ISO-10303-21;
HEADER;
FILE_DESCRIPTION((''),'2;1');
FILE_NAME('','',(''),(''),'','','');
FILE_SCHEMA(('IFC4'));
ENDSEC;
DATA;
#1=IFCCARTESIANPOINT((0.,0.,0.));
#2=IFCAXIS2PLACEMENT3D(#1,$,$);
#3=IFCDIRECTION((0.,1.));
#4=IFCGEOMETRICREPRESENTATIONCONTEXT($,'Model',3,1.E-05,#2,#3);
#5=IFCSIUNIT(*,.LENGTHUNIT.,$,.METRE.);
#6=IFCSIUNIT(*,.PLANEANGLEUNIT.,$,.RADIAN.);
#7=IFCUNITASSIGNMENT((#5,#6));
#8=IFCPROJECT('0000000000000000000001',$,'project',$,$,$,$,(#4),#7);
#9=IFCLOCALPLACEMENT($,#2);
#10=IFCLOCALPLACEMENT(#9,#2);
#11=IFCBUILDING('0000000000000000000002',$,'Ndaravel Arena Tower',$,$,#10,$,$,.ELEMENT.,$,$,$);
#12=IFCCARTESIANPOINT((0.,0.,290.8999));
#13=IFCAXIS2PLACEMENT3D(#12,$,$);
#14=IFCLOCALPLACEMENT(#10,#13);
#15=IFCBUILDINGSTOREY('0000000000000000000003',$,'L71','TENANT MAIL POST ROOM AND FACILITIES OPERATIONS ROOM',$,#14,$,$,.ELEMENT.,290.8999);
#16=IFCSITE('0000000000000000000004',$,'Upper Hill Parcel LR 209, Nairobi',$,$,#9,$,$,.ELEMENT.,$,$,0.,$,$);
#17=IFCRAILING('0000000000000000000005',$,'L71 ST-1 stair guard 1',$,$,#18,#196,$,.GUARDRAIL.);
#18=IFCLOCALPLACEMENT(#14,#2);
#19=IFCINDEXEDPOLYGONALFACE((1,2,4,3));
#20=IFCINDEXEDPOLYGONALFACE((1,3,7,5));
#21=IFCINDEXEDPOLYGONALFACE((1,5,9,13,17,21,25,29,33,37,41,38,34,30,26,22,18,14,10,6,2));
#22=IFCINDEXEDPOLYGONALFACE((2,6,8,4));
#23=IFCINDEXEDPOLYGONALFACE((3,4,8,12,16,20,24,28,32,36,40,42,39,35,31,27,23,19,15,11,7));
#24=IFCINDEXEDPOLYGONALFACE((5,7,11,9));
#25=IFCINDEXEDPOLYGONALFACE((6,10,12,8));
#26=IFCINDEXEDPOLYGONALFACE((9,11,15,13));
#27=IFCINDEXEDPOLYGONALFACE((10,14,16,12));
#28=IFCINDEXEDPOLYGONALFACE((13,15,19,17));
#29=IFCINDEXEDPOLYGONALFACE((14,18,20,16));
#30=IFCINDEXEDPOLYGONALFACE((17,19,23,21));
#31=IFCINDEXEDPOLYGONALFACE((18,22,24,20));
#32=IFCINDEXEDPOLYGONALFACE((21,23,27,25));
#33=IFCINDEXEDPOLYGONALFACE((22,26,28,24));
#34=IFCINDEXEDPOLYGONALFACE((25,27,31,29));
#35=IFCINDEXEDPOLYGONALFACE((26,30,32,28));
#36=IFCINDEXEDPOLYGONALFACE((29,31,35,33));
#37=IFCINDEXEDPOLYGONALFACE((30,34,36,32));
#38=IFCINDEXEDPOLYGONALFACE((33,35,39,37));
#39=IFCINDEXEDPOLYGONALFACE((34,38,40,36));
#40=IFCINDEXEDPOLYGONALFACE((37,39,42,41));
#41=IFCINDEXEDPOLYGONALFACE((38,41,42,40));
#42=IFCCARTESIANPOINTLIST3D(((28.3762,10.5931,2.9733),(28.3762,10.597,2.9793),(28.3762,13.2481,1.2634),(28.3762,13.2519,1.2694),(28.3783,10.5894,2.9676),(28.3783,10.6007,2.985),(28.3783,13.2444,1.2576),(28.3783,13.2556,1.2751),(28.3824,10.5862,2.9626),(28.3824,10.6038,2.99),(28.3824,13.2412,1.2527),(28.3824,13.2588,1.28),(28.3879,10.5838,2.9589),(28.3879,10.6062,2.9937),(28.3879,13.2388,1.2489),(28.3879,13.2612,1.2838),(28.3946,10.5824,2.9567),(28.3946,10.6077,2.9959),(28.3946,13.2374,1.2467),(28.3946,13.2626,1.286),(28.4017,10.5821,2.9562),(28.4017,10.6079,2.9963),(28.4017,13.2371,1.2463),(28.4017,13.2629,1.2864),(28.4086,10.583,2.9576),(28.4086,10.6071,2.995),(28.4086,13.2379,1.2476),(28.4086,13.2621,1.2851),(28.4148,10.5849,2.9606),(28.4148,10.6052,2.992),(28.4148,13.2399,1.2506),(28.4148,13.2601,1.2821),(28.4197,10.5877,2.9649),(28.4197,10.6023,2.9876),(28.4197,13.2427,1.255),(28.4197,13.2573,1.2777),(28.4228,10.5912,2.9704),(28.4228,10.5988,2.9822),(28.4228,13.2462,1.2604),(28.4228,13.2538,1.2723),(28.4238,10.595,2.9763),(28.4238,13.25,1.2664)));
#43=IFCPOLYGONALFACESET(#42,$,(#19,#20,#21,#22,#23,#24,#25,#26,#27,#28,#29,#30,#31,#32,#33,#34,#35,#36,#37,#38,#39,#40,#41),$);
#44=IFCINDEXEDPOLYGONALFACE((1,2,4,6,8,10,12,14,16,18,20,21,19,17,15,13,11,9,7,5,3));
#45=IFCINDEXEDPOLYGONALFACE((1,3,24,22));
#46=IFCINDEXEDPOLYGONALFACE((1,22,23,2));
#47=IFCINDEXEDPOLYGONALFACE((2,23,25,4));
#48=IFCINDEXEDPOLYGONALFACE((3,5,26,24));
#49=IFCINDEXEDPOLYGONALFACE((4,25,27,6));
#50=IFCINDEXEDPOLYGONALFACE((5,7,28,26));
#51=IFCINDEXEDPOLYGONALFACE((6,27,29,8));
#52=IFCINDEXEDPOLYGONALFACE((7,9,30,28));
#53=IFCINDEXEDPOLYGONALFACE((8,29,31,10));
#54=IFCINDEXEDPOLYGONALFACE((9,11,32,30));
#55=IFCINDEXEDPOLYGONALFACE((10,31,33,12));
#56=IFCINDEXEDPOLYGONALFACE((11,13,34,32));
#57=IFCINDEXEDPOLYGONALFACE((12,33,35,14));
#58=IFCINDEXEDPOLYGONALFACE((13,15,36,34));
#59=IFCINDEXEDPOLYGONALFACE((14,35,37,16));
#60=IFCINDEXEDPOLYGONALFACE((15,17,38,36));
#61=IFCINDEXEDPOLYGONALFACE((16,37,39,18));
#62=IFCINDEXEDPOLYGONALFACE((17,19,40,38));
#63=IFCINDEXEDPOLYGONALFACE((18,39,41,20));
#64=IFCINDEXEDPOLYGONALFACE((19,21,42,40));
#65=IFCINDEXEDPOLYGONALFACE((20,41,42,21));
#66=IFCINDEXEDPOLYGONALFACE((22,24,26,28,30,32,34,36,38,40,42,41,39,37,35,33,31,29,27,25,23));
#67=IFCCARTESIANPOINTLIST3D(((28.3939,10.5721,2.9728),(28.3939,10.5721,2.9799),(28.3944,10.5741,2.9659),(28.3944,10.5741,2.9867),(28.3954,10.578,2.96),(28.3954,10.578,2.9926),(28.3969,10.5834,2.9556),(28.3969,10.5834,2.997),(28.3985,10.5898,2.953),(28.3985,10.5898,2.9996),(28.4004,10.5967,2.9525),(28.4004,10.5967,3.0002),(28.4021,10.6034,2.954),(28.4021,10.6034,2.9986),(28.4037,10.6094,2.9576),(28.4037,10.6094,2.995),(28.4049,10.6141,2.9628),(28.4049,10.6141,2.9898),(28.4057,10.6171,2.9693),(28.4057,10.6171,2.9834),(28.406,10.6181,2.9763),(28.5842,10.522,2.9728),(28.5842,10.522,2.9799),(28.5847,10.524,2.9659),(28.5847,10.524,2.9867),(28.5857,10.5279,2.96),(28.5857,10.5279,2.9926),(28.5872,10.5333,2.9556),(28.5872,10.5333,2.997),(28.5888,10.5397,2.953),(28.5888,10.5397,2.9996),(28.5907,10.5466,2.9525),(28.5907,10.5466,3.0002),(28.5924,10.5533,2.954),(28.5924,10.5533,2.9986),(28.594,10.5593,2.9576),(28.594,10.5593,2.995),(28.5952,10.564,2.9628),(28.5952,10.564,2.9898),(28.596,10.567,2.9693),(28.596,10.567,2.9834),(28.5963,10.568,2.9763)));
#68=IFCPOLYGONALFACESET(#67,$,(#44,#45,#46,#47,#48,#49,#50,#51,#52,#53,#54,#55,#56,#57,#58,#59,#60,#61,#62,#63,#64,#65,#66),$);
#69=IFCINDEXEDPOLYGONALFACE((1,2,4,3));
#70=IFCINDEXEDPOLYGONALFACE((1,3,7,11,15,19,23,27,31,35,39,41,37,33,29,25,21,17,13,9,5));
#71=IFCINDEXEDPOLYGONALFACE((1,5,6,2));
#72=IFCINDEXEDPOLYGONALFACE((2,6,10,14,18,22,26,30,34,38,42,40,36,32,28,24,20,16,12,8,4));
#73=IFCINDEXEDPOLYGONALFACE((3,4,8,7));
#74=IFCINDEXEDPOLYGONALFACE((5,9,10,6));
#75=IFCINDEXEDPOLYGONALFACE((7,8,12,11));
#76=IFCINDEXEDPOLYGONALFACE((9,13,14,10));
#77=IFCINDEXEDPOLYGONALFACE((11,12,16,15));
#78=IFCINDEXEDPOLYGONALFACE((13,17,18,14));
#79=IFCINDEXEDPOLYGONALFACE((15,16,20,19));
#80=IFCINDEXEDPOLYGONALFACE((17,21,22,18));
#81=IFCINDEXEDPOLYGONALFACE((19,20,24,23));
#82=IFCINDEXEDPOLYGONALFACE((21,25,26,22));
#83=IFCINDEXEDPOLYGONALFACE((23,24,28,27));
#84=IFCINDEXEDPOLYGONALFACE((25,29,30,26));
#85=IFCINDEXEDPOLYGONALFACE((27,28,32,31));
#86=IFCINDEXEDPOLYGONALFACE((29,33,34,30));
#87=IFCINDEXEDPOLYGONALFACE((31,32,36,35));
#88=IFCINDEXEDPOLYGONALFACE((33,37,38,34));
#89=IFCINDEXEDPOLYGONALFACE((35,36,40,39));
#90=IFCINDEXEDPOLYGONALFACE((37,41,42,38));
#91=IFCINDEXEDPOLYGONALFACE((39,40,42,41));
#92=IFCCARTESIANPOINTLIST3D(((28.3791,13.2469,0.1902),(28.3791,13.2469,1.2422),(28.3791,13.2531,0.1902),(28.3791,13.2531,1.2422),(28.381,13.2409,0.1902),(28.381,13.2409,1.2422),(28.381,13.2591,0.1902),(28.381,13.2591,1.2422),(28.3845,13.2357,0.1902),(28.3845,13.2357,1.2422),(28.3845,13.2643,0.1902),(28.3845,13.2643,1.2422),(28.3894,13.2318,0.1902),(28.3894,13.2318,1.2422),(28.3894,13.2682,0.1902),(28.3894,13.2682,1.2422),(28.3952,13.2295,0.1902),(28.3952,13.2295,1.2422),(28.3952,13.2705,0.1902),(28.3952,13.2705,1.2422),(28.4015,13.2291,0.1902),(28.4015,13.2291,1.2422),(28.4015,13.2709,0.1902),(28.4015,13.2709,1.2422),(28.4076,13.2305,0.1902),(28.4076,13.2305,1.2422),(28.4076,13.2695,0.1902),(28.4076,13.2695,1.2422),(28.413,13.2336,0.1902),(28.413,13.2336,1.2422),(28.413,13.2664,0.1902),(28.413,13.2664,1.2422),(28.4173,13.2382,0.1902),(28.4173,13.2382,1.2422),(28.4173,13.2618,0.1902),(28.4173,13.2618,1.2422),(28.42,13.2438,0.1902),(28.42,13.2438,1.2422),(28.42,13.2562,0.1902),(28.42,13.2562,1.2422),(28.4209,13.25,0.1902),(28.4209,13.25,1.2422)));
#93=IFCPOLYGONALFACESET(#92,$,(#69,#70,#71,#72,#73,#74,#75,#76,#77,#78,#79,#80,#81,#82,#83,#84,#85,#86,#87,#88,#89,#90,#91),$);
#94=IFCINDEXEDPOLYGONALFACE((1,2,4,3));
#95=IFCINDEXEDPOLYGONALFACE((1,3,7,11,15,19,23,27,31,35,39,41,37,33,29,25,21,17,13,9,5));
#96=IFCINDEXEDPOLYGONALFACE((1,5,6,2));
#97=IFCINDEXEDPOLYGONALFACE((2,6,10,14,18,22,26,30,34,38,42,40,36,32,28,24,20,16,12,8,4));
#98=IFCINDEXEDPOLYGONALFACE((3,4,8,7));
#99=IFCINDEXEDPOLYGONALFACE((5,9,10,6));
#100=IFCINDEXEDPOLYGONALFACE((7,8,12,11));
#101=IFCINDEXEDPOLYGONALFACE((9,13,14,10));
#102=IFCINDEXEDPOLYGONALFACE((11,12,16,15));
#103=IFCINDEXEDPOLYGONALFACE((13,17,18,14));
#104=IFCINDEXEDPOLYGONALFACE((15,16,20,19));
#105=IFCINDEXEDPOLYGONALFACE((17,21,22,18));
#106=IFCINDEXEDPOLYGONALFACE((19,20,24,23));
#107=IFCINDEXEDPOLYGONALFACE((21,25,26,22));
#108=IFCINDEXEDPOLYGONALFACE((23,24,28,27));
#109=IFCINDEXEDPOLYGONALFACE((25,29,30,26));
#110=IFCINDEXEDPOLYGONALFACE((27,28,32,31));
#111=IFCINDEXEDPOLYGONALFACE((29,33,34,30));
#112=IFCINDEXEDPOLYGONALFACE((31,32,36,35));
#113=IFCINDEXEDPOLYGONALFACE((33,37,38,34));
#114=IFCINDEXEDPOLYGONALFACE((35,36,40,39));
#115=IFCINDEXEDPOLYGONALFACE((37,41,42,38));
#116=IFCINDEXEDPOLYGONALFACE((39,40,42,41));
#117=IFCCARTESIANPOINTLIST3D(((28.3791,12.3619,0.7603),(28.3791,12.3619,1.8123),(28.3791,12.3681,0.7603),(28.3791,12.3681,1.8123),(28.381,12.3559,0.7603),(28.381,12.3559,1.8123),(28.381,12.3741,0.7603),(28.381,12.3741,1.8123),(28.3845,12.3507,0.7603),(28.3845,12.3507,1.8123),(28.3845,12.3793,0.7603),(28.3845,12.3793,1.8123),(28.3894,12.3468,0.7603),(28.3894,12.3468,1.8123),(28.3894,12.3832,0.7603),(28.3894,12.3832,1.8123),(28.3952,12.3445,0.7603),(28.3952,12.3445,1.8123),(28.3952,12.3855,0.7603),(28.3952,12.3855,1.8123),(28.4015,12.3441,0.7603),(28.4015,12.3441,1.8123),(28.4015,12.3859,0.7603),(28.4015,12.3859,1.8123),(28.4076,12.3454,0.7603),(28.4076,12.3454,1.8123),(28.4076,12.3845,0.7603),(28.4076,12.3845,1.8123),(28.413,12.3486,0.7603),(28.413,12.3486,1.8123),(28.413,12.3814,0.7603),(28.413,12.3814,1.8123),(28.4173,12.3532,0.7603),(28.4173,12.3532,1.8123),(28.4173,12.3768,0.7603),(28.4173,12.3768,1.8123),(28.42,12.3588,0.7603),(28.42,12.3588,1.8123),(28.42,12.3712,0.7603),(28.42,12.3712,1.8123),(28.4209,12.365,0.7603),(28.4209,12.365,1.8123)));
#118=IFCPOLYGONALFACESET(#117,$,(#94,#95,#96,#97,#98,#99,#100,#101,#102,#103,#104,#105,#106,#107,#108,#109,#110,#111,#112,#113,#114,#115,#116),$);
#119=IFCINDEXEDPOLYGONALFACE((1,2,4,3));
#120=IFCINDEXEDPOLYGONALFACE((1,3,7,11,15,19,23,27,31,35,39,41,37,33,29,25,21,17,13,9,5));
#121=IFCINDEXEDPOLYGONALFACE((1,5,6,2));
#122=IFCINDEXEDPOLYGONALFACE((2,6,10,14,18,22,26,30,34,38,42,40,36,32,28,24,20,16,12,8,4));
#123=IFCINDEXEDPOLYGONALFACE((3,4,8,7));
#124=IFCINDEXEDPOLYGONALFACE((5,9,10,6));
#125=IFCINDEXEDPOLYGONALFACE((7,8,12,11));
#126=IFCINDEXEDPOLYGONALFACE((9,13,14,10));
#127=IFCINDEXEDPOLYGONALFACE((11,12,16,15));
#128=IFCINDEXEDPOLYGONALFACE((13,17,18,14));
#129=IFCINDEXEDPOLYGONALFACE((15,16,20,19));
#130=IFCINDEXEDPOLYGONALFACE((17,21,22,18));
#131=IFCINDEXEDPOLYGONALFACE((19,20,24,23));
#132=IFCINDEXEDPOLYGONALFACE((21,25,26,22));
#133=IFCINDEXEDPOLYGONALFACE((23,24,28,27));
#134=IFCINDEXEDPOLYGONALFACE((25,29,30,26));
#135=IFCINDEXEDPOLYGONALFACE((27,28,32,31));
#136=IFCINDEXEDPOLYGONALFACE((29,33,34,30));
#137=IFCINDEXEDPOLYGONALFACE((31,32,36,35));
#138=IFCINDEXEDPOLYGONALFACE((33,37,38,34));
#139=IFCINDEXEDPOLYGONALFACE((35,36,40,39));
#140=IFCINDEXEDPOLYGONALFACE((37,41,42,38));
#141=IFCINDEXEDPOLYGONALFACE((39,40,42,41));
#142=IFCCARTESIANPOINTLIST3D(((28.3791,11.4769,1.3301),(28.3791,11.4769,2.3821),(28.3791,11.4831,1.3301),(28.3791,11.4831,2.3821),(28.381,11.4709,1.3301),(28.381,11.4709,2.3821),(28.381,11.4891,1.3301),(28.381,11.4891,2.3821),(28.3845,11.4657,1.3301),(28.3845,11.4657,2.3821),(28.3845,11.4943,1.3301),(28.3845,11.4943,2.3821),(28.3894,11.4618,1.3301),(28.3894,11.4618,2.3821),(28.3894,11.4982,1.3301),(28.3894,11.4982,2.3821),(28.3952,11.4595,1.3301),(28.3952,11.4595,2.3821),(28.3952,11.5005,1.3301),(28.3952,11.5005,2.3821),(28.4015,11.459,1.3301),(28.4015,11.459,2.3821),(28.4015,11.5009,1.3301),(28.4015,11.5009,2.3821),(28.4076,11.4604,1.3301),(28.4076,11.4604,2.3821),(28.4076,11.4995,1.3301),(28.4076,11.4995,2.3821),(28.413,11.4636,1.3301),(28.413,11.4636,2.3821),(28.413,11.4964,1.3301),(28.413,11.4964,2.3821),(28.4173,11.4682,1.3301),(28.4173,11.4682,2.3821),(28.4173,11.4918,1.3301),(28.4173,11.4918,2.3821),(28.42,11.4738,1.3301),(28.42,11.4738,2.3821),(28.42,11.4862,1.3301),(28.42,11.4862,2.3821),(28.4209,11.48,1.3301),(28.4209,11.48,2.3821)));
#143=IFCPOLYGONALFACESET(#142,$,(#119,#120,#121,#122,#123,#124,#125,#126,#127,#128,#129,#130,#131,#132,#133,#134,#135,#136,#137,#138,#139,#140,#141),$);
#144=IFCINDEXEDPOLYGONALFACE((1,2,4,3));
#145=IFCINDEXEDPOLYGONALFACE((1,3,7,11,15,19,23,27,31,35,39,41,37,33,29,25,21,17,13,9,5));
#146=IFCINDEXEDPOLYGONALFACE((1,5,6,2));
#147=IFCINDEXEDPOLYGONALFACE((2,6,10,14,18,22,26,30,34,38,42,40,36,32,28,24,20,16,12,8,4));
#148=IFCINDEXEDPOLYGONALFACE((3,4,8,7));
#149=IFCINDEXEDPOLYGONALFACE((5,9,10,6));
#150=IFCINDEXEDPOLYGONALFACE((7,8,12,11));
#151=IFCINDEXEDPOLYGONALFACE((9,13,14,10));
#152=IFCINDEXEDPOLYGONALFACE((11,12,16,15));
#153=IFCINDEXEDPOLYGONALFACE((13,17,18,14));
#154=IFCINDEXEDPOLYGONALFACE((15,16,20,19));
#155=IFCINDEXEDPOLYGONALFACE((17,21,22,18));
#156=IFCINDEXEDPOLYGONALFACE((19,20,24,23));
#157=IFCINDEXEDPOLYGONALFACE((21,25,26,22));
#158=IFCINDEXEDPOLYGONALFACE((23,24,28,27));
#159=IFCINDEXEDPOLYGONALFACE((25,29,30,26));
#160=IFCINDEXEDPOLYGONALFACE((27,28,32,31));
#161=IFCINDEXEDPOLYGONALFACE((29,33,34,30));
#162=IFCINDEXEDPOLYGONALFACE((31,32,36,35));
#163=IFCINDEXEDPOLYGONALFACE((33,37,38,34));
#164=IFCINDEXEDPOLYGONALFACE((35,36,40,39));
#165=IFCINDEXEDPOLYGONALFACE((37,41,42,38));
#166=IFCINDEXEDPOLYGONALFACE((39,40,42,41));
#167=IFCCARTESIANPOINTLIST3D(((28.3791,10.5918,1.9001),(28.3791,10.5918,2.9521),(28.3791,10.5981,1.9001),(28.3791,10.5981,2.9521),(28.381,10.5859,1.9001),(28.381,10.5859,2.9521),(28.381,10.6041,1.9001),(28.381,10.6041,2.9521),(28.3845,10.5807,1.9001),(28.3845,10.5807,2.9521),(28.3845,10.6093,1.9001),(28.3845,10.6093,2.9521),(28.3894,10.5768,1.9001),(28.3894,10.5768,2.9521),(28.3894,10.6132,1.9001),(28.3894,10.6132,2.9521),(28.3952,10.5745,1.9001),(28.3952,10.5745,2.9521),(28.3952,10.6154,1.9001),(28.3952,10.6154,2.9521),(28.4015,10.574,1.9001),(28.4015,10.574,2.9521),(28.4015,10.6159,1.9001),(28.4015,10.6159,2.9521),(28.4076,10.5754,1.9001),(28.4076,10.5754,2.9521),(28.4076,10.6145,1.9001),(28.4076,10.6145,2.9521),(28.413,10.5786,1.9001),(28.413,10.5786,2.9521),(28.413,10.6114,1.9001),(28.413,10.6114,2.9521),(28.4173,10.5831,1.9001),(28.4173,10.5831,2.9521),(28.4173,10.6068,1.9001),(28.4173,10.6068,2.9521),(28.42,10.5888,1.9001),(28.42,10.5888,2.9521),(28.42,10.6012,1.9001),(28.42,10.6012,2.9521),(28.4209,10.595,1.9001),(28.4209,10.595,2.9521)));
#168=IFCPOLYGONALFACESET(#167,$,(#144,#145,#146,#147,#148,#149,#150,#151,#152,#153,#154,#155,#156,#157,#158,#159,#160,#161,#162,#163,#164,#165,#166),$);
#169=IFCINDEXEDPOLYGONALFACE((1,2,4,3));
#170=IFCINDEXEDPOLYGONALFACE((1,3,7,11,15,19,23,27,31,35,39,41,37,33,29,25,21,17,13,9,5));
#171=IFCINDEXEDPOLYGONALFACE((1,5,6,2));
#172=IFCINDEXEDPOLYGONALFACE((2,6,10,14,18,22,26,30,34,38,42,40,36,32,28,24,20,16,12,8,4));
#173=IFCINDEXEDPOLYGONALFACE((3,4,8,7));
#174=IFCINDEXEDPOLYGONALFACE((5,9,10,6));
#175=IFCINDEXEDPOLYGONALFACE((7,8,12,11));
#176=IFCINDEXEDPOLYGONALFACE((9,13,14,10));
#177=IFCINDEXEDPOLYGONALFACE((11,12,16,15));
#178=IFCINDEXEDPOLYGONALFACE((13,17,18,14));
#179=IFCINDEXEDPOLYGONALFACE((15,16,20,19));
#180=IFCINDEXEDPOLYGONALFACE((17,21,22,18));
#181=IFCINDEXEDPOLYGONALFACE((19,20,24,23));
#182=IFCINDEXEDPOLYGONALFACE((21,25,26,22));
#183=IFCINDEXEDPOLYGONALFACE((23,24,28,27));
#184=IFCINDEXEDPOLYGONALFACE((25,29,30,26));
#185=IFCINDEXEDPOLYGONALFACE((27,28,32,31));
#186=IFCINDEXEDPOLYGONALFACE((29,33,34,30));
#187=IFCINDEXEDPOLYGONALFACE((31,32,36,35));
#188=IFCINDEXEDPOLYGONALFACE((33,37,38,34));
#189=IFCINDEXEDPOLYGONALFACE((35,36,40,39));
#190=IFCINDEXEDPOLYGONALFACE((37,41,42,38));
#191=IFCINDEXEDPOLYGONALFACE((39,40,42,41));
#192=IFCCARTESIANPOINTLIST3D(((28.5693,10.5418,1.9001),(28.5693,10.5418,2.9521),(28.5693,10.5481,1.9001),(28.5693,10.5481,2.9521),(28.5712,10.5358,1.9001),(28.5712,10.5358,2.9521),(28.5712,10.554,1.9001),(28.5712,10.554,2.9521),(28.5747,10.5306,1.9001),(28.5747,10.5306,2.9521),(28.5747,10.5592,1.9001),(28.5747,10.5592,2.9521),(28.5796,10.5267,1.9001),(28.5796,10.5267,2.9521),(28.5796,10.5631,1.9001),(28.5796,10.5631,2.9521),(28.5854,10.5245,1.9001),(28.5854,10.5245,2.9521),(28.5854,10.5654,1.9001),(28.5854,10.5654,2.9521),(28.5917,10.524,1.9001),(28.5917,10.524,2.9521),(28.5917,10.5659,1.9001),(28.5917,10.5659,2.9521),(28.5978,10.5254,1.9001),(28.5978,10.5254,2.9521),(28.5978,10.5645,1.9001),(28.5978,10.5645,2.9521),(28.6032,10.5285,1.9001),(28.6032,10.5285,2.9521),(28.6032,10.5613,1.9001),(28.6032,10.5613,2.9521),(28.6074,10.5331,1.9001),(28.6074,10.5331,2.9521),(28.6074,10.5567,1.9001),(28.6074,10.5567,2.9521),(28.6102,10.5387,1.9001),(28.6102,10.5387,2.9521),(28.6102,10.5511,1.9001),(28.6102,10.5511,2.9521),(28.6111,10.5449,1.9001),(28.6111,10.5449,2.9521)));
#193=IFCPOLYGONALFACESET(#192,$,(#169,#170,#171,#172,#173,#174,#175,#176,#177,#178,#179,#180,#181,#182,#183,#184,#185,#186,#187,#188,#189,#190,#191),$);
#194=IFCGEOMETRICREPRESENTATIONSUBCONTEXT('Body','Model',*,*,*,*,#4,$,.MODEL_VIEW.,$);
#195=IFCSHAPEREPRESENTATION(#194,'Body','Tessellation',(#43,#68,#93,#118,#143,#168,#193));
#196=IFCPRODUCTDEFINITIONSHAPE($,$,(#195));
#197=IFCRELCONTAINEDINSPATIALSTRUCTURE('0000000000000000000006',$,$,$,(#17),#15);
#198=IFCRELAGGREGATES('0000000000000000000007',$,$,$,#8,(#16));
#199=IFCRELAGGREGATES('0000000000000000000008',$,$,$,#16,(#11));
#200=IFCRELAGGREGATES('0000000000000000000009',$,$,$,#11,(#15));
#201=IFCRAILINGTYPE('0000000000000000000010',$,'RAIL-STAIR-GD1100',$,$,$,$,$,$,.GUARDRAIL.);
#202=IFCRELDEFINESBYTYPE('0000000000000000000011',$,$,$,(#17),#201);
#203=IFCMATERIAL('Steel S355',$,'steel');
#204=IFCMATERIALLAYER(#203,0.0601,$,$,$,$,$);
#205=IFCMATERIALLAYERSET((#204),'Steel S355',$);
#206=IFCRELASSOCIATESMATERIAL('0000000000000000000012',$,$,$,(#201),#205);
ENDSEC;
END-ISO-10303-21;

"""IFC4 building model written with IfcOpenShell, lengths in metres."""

from ifc_helpers import new_model, si_unit, direction, frame, origin, origin_2d, place, context, subcontext, project, spatial, circle, extrude, material, layer, layer_set, type_object, element, save


model = new_model("IFC4")

# Units and contexts
model_context = context("Model", 3, precision=1e-05, world=origin(), true_north=direction((0.0, 1.0)))
body_context = subcontext(model_context, "Body", "Model", "MODEL_VIEW")
ifc_project = project(units=[si_unit("LENGTHUNIT", "METRE"), si_unit("PLANEANGLEUNIT", "RADIAN")], contexts=[model_context])

# Site, building, storey
site_placement = place(None, origin())
site = spatial("IfcSite", under=ifc_project, at=site_placement, Name="Upper Hill Parcel LR 209, Nairobi", CompositionType="ELEMENT", RefElevation=0.0)
building_placement = place(site_placement, origin())
building = spatial("IfcBuilding", under=site, at=building_placement, Name="Ndaravel Arena Tower", CompositionType="ELEMENT")
storey_placement = place(building_placement, frame((0.0, 0.0, 290.8999)))
storey = spatial("IfcBuildingStorey", under=building, at=storey_placement, Name="L71", Description="TENANT MAIL POST ROOM AND FACILITIES OPERATIONS ROOM", CompositionType="ELEMENT", Elevation=290.8999)

# Railing
ifc_material_1 = material(Name="Steel S355", Category="steel")
ifc_layer_1 = layer(ifc_material_1, 0.0601)
ifc_layer_set_1 = layer_set([ifc_layer_1], Name="Steel S355")
railing_type_1 = type_object("IfcRailingType", Name="RAIL-STAIR-GD1100", PredefinedType="GUARDRAIL", material=ifc_layer_set_1)
railing_1_placement = place(storey_placement, frame((28.3999, 13.25, 0.1902)))
element("IfcRailing", 1, at=railing_1_placement, inside=storey, type_object=railing_type_1, Name="L71 ST-1 stair guard 1", PredefinedType="GUARDRAIL", context=body_context, shape_type="SweptSolid", body=[
    extrude(circle(Radius=0.0239, at=origin_2d()), frame((0.0, 0.0, 1.0762), z_axis=(0.0, -0.840724, 0.541465), x_axis=(1.0, 0.0, 0.0)), (0.0, 0.0, 1.0), 3.158),
    extrude(circle(Radius=0.0239, at=origin_2d()), frame((0.0, -2.655, 2.7861), z_axis=(0.967075, -0.254493, 0.0), x_axis=(0.254493, 0.967075, 0.0)), (0.0, 0.0, 1.0), 0.1968),
    extrude(circle(Radius=0.021, at=origin_2d()), origin(), (0.0, 0.0, 1.0), 1.052),
    extrude(circle(Radius=0.021, at=origin_2d()), frame((0.0, -0.885, 0.5701)), (0.0, 0.0, 1.0), 1.052),
    extrude(circle(Radius=0.021, at=origin_2d()), frame((0.0, -1.77, 1.1399)), (0.0, 0.0, 1.0), 1.052),
    extrude(circle(Radius=0.021, at=origin_2d()), frame((0.0, -2.655, 1.71)), (0.0, 0.0, 1.0), 1.052),
    extrude(circle(Radius=0.021, at=origin_2d()), frame((0.1902, -2.7051, 1.71)), (0.0, 0.0, 1.0), 1.052),
])

save(model, "model.ifc")
